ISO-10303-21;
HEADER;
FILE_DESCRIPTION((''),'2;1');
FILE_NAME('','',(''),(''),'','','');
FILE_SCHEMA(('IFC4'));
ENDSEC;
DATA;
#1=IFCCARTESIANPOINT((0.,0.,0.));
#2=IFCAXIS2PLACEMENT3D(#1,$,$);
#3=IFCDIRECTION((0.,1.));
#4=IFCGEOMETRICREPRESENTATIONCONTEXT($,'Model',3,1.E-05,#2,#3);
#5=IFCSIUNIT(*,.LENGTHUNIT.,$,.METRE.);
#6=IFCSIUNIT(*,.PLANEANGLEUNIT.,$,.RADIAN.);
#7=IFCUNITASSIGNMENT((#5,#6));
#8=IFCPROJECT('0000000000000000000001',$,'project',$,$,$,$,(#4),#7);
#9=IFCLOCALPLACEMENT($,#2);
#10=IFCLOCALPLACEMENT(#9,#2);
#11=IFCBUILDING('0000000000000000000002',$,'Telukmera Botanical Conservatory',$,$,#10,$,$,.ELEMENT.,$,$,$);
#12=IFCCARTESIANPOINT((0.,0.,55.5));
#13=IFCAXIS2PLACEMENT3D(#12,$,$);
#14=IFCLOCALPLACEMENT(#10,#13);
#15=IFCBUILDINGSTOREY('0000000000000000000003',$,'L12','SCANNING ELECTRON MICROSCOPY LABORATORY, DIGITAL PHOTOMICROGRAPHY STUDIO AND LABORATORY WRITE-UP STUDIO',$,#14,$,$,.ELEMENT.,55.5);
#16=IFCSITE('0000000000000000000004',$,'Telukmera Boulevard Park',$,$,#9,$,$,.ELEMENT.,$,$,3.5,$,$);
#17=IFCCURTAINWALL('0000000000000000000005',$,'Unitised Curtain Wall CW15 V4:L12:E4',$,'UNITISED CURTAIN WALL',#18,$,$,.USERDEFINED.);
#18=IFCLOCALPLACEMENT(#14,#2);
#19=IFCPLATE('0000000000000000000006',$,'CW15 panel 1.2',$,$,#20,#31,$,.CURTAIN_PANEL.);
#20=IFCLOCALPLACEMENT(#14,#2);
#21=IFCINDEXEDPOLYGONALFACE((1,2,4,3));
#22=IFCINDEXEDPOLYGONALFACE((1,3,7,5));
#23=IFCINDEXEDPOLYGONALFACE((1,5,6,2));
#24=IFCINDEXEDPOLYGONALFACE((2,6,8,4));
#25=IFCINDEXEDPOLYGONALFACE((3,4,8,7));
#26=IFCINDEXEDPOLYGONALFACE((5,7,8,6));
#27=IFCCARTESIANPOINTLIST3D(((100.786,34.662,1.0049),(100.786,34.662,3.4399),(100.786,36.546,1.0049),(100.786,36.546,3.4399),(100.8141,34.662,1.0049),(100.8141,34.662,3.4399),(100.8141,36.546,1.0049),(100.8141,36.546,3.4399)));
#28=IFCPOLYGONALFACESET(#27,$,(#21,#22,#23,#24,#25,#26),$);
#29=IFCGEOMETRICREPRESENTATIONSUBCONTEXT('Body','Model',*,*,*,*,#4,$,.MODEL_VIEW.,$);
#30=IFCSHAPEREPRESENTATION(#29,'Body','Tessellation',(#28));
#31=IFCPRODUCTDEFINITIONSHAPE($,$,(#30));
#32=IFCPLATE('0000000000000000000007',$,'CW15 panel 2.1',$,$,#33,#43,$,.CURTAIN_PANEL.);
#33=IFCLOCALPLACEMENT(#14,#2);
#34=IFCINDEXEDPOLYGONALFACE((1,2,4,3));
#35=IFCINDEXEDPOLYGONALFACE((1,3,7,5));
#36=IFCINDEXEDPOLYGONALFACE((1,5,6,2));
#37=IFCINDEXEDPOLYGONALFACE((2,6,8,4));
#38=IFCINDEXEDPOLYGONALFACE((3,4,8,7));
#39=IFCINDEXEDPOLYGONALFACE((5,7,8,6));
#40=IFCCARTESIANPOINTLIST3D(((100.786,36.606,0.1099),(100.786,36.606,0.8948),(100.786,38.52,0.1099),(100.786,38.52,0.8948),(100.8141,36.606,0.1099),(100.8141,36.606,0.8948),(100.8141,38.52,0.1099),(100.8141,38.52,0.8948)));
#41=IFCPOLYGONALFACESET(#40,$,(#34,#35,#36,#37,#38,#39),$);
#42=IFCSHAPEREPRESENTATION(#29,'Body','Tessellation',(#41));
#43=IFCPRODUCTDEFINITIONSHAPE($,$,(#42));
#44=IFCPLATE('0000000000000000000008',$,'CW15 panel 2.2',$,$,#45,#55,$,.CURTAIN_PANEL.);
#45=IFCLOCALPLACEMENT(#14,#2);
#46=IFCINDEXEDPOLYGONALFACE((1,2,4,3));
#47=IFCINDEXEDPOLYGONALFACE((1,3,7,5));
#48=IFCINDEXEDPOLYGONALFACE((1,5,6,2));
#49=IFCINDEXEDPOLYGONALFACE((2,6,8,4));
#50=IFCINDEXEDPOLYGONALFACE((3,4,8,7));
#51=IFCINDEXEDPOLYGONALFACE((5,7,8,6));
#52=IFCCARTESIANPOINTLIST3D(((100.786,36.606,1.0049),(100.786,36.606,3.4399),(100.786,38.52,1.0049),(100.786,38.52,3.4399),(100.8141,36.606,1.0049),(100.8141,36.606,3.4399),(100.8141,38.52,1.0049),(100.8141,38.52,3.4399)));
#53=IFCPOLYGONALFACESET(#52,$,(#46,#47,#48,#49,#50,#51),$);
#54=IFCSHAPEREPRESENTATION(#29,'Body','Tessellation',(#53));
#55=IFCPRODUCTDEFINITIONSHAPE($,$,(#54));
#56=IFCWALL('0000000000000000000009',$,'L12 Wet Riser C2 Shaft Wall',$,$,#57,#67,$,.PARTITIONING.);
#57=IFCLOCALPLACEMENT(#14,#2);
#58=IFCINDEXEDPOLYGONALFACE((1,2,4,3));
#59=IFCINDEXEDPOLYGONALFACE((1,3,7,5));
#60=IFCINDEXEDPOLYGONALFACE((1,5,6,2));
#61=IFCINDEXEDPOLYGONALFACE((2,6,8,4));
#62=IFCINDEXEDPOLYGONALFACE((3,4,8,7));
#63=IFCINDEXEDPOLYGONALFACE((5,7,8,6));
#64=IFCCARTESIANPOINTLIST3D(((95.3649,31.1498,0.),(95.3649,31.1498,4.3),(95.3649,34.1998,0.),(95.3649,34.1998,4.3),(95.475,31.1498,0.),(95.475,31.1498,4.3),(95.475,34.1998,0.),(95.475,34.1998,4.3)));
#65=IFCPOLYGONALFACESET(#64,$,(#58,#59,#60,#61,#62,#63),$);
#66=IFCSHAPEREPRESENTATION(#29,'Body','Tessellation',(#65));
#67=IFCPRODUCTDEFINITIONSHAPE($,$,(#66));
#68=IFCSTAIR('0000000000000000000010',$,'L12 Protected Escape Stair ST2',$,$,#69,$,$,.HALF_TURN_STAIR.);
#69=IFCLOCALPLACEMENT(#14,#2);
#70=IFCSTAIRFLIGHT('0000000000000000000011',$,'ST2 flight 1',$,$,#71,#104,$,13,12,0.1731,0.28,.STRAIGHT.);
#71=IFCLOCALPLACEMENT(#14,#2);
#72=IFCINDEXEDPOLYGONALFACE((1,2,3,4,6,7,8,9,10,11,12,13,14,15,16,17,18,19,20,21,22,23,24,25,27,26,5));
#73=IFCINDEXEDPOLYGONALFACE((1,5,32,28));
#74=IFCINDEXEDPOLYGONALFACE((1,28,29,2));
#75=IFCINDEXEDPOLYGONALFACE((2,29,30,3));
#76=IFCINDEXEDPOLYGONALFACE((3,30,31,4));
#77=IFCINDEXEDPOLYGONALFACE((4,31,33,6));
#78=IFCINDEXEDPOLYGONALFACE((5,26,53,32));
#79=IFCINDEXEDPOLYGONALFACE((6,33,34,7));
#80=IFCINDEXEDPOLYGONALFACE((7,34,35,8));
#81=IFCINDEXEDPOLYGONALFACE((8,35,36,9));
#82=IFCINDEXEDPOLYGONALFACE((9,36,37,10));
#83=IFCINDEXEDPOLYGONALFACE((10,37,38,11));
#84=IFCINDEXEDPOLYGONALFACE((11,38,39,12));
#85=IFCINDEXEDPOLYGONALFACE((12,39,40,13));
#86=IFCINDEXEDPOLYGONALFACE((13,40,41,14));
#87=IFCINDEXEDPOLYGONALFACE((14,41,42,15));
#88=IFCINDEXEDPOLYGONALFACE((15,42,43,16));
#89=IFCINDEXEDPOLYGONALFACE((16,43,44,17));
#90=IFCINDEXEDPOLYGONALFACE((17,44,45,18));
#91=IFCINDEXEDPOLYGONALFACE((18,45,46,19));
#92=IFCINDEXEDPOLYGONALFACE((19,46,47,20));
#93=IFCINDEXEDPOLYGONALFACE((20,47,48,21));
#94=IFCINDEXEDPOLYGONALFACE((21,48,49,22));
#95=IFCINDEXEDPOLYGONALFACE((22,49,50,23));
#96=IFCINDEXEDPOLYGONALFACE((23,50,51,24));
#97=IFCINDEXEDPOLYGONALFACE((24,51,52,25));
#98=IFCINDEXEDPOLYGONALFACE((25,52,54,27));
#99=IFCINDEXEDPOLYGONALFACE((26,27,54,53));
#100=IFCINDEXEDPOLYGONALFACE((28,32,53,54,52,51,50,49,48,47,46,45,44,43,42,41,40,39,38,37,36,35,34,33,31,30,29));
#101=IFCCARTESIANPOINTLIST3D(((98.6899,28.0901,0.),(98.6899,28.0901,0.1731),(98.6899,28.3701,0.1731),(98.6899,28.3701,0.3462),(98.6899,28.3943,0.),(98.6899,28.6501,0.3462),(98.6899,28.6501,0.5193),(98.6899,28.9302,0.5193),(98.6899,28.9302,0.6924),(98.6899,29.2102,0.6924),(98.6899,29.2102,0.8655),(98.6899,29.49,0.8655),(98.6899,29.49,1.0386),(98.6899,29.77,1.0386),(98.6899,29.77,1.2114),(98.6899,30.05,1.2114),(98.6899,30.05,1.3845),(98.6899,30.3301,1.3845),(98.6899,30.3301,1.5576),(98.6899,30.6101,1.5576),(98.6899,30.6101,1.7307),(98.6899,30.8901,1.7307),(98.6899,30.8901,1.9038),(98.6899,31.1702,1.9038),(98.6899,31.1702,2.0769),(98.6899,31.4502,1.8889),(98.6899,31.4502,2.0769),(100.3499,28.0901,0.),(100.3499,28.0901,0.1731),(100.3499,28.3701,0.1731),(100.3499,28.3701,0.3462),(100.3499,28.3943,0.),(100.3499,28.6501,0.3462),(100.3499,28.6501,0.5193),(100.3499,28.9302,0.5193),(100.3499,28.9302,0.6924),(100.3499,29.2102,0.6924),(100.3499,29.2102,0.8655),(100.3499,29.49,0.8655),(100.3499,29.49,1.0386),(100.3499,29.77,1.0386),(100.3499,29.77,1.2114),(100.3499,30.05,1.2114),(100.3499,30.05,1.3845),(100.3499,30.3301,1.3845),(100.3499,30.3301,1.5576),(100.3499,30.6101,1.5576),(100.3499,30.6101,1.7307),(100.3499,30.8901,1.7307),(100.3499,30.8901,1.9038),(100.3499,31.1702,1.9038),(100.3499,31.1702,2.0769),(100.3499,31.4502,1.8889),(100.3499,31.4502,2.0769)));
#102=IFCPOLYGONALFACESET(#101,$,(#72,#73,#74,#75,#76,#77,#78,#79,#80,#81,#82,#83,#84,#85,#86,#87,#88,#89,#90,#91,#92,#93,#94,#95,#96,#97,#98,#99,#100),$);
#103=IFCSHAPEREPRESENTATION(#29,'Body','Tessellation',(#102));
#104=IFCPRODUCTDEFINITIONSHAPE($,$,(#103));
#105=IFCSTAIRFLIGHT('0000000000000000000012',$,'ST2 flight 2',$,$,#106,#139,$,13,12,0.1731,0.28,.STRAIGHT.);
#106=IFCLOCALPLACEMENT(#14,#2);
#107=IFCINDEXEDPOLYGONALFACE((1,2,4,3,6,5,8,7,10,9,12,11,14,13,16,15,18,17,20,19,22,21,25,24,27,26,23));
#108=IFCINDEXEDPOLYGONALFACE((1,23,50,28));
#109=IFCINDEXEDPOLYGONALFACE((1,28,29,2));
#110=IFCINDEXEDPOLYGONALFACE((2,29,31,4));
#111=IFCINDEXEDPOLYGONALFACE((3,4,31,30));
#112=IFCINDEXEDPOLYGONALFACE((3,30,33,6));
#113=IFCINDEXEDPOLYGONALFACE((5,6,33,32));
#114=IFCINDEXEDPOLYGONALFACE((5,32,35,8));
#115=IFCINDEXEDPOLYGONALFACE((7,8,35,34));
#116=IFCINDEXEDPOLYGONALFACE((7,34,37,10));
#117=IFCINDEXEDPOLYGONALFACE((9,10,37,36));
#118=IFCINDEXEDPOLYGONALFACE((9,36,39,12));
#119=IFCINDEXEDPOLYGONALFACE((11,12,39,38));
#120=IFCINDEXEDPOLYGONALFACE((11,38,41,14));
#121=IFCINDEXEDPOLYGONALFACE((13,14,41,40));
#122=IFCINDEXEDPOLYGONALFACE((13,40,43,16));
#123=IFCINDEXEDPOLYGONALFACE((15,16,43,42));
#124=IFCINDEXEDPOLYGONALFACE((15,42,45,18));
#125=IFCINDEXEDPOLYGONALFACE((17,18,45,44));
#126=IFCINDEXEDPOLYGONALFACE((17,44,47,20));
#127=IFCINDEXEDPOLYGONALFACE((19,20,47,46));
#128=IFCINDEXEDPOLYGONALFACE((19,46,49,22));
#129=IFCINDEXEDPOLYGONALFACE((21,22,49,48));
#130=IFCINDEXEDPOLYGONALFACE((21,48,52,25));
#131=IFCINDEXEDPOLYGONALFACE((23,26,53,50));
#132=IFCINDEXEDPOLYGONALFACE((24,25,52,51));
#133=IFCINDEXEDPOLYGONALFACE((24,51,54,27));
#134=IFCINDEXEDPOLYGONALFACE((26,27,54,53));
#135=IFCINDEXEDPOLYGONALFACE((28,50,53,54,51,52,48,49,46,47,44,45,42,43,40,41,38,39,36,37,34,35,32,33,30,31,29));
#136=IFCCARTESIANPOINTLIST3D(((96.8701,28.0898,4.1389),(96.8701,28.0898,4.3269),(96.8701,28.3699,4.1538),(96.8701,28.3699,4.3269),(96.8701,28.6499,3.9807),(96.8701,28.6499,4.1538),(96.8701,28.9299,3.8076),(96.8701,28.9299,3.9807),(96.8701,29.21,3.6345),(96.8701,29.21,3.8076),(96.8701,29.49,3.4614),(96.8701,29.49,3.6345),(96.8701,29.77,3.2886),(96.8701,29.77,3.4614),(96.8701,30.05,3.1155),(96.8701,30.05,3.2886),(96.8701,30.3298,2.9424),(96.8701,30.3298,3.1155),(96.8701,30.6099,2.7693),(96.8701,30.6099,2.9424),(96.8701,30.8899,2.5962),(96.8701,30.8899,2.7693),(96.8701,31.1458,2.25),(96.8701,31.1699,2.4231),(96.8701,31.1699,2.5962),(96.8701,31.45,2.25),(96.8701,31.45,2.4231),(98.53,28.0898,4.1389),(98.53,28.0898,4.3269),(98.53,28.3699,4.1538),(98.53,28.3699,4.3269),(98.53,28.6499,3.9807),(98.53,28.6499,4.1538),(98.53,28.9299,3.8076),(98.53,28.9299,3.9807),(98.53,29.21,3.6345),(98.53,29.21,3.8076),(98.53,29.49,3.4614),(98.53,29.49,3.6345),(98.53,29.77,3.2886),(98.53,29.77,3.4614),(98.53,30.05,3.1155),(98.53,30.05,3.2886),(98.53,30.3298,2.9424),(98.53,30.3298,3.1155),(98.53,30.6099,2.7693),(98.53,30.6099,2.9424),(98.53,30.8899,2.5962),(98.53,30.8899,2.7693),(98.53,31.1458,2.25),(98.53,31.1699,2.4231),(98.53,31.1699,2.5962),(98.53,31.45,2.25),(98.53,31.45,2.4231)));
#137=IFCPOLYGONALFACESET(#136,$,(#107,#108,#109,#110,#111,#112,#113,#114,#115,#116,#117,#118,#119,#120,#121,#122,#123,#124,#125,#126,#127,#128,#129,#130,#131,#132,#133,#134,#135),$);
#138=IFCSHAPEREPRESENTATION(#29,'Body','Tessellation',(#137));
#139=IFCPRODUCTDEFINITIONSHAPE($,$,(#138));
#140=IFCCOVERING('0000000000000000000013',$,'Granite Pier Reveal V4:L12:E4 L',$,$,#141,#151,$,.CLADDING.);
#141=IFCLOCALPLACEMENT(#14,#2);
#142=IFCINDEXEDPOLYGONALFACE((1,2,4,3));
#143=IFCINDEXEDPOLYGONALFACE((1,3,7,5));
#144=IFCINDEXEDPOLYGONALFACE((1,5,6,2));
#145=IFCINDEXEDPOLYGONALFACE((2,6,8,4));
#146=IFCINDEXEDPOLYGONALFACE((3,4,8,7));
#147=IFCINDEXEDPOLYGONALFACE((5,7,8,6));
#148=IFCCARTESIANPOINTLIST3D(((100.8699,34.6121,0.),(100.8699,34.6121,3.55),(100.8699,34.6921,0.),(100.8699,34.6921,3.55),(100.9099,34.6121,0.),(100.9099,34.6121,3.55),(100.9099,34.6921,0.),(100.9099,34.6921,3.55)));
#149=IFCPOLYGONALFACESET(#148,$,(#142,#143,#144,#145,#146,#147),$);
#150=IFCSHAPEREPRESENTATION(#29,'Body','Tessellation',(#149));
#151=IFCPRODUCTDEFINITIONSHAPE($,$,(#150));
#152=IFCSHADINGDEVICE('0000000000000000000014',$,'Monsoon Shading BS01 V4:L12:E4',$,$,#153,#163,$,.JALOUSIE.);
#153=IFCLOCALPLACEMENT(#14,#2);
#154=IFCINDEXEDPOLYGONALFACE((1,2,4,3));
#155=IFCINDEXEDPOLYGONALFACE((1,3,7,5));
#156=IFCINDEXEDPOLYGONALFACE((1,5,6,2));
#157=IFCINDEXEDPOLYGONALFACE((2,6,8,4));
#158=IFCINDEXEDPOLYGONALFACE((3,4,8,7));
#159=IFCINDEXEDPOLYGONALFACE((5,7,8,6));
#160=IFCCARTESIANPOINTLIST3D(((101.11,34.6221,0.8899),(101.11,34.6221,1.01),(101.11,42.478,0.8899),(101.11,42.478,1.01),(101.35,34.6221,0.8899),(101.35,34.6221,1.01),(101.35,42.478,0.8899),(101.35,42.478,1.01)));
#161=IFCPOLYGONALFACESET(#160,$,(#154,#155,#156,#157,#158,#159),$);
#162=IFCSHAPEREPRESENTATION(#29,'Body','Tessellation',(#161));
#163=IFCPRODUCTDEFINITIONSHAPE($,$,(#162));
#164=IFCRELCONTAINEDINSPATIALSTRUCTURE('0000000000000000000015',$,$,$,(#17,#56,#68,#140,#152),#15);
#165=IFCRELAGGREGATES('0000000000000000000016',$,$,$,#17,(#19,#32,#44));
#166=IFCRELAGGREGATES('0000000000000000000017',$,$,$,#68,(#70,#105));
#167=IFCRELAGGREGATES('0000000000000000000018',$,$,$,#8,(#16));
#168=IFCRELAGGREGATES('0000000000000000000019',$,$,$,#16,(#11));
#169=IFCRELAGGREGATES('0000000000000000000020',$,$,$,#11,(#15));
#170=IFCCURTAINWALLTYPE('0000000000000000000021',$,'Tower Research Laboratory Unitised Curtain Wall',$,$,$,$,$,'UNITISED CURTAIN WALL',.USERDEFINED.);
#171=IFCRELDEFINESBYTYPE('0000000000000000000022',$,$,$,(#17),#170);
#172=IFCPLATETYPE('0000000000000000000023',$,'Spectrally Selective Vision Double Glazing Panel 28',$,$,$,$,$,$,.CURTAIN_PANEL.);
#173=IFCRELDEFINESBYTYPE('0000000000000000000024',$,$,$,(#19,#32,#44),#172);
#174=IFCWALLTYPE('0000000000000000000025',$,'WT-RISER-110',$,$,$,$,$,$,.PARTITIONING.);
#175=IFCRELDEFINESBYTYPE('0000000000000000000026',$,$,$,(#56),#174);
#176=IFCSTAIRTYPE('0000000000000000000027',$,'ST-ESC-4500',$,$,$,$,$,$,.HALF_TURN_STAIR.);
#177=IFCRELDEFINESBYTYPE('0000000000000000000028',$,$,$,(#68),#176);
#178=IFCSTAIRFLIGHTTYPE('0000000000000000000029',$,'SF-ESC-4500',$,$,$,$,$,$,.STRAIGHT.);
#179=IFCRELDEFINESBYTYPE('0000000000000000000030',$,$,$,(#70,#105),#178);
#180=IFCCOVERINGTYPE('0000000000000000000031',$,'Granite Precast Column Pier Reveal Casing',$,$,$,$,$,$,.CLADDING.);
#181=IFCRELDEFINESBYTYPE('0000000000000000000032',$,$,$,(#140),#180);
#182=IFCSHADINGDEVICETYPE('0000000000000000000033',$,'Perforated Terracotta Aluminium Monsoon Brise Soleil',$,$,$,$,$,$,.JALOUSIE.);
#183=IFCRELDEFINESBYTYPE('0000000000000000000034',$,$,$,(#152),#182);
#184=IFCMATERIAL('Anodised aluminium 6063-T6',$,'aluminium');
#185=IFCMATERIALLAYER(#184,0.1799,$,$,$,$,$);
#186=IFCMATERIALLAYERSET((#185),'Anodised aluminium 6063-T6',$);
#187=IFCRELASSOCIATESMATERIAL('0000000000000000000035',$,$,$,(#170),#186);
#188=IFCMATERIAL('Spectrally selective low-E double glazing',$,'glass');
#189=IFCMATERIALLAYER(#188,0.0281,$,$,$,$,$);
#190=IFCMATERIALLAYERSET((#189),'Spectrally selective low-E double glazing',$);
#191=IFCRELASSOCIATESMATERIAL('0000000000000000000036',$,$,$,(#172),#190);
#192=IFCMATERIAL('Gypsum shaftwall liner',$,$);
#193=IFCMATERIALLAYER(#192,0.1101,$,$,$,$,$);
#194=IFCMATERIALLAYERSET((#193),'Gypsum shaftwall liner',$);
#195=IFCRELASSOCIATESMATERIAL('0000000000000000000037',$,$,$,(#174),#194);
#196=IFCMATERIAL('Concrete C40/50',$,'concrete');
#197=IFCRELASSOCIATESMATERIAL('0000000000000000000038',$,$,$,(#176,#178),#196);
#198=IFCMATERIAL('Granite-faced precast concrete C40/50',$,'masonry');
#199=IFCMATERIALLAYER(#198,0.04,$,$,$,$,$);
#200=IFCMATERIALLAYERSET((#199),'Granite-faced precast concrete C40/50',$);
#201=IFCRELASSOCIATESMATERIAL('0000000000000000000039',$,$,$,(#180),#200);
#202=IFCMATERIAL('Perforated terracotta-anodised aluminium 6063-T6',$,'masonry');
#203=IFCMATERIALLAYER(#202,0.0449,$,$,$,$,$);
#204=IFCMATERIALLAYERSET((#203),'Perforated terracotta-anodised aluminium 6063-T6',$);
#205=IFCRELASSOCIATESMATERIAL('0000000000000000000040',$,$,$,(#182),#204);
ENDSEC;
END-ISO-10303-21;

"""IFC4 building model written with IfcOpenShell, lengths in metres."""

from ifc_helpers import new_model, si_unit, direction, frame, frame_2d, origin, origin_2d, place, context, subcontext, project, spatial, polyline, rectangle, outline, extrude, material, layer, layer_set, type_object, element, aggregate, save


model = new_model("IFC4")

# Units and contexts
model_context = context("Model", 3, precision=1e-05, world=origin(), true_north=direction((0.0, 1.0)))
body_context = subcontext(model_context, "Body", "Model", "MODEL_VIEW")
ifc_project = project(units=[si_unit("LENGTHUNIT", "METRE"), si_unit("PLANEANGLEUNIT", "RADIAN")], contexts=[model_context])

# Site, building, storey
site_placement = place(None, origin())
site = spatial("IfcSite", under=ifc_project, at=site_placement, Name="Telukmera Boulevard Park", CompositionType="ELEMENT", RefElevation=3.5)
building_placement = place(site_placement, origin())
building = spatial("IfcBuilding", under=site, at=building_placement, Name="Telukmera Botanical Conservatory", CompositionType="ELEMENT")
storey_placement = place(building_placement, frame((0.0, 0.0, 55.5)))
storey = spatial("IfcBuildingStorey", under=building, at=storey_placement, Name="L12", Description="SCANNING ELECTRON MICROSCOPY LABORATORY, DIGITAL PHOTOMICROGRAPHY STUDIO AND LABORATORY WRITE-UP STUDIO", CompositionType="ELEMENT", Elevation=55.5)

# Shared definitions
ifc_material_1 = material(Name="Concrete C40/50", Category="concrete")

# Curtain wall, plates
ifc_material_2 = material(Name="Anodised aluminium 6063-T6", Category="aluminium")
ifc_layer_1 = layer(ifc_material_2, 0.1799)
ifc_layer_set_1 = layer_set([ifc_layer_1], Name="Anodised aluminium 6063-T6")
curtain_wall_type = type_object("IfcCurtainWallType", Name="Tower Research Laboratory Unitised Curtain Wall", ElementType="UNITISED CURTAIN WALL", PredefinedType="USERDEFINED", material=ifc_layer_set_1)
curtain_wall_placement = place(storey_placement, origin())
curtain_wall = element("IfcCurtainWall", 1, at=curtain_wall_placement, inside=storey, type_object=curtain_wall_type, Name="Unitised Curtain Wall CW15 V4:L12:E4", ObjectType="UNITISED CURTAIN WALL", PredefinedType="USERDEFINED")
ifc_material_3 = material(Name="Spectrally selective low-E double glazing", Category="glass")
ifc_layer_2 = layer(ifc_material_3, 0.0281)
ifc_layer_set_2 = layer_set([ifc_layer_2], Name="Spectrally selective low-E double glazing")
plate_type = type_object("IfcPlateType", Name="Spectrally Selective Vision Double Glazing Panel 28", PredefinedType="CURTAIN_PANEL", material=ifc_layer_set_2)
plate_1_placement = place(storey_placement, frame((100.8, 35.604, 1.0049), z_axis=(0.0, 0.0, 1.0), x_axis=(0.0, 1.0, 0.0)))
plate_1 = element("IfcPlate", 2, at=plate_1_placement, type_object=plate_type, Name="CW15 panel 1.2", PredefinedType="CURTAIN_PANEL", context=body_context, shape_type="SweptSolid", body=[
    extrude(rectangle(XDim=1.884, YDim=0.0281, at=origin_2d()), origin(), (0.0, 0.0, 1.0), 2.4351),
])
plate_2_placement = place(storey_placement, frame((100.8, 37.563, 0.1099), z_axis=(0.0, 0.0, 1.0), x_axis=(0.0, 1.0, 0.0)))
plate_2 = element("IfcPlate", 3, at=plate_2_placement, type_object=plate_type, Name="CW15 panel 2.1", PredefinedType="CURTAIN_PANEL", context=body_context, shape_type="SweptSolid", body=[
    extrude(rectangle(XDim=1.9141, YDim=0.0281, at=origin_2d()), origin(), (0.0, 0.0, 1.0), 0.7849),
])
plate_3_placement = place(storey_placement, frame((100.8, 37.563, 1.0049), z_axis=(0.0, 0.0, 1.0), x_axis=(0.0, 1.0, 0.0)))
plate_3 = element("IfcPlate", 4, at=plate_3_placement, type_object=plate_type, Name="CW15 panel 2.2", PredefinedType="CURTAIN_PANEL", context=body_context, shape_type="SweptSolid", body=[
    extrude(rectangle(XDim=1.9141, YDim=0.0281, at=origin_2d()), origin(), (0.0, 0.0, 1.0), 2.4351),
])
aggregate(curtain_wall, [plate_1, plate_2, plate_3])

# Wall
ifc_material_4 = material(Name="Gypsum shaftwall liner")
ifc_layer_3 = layer(ifc_material_4, 0.1101)
ifc_layer_set_3 = layer_set([ifc_layer_3], Name="Gypsum shaftwall liner")
wall_type = type_object("IfcWallType", Name="WT-RISER-110", PredefinedType="PARTITIONING", material=ifc_layer_set_3)
wall_placement = place(storey_placement, frame((95.4199, 31.1499, 0.0), z_axis=(0.0, 0.0, 1.0), x_axis=(0.0, 1.0, 0.0)))
element("IfcWall", 5, at=wall_placement, inside=storey, type_object=wall_type, Name="L12 Wet Riser C2 Shaft Wall", PredefinedType="PARTITIONING", context=body_context, shape_type="SweptSolid", body=[
    extrude(rectangle(XDim=3.05, YDim=0.1101, at=frame_2d((1.5249, 0.0))), origin(), (0.0, 0.0, 1.0), 4.3),
])

# Stair, stair flights
stair_type = type_object("IfcStairType", Name="ST-ESC-4500", PredefinedType="HALF_TURN_STAIR", material=ifc_material_1)
stair_placement = place(storey_placement, origin())
stair = element("IfcStair", 6, at=stair_placement, inside=storey, type_object=stair_type, Name="L12 Protected Escape Stair ST2", PredefinedType="HALF_TURN_STAIR")
stair_flight_type = type_object("IfcStairFlightType", Name="SF-ESC-4500", PredefinedType="STRAIGHT", material=ifc_material_1)
stair_flight_1_placement = place(storey_placement, frame((99.52, 28.0901, 0.0), z_axis=(0.0, 0.0, 1.0), x_axis=(0.0, 1.0, 0.0)))
stair_flight_1 = element("IfcStairFlight", 7, at=stair_flight_1_placement, type_object=stair_flight_type, Name="ST2 flight 1", NumberOfRisers=13, NumberOfTreads=12, PredefinedType="STRAIGHT", RiserHeight=0.1731, TreadLength=0.28, context=body_context, shape_type="SweptSolid", body=[
    extrude(outline(polyline([(0.0, 0.0), (0.0, 0.1731), (0.28, 0.1731), (0.28, 0.3462), (0.5601, 0.3462), (0.5601, 0.5193), (0.8401, 0.5193), (0.8401, 0.6924), (1.1201, 0.6924), (1.1201, 0.8655), (1.3999, 0.8655), (1.3999, 1.0386), (1.6799, 1.0386), (1.6799, 1.2114), (1.96, 1.2114), (1.96, 1.3845), (2.24, 1.3845), (2.24, 1.5576), (2.52, 1.5576), (2.52, 1.7307), (2.8, 1.7307), (2.8, 1.9038), (3.0801, 1.9038), (3.0801, 2.0769), (3.3601, 2.0769), (3.3601, 2.25), (3.3601, 1.8889), (0.3042, 0.0), (0.0, 0.0)])), frame((0.0, 0.8301, 0.0), z_axis=(0.0, -1.0, 0.0), x_axis=(1.0, 0.0, 0.0)), (0.0, 0.0, 1.0), 1.6599),
])
stair_flight_2_placement = place(storey_placement, frame((97.7, 31.45, 2.25), z_axis=(0.0, 0.0, 1.0), x_axis=(0.0, -1.0, 0.0)))
stair_flight_2 = element("IfcStairFlight", 8, at=stair_flight_2_placement, type_object=stair_flight_type, Name="ST2 flight 2", NumberOfRisers=13, NumberOfTreads=12, PredefinedType="STRAIGHT", RiserHeight=0.1731, TreadLength=0.28, context=body_context, shape_type="SweptSolid", body=[
    extrude(outline(polyline([(0.0, 0.0), (0.0, 0.1731), (0.28, 0.1731), (0.28, 0.3462), (0.5601, 0.3462), (0.5601, 0.5193), (0.8401, 0.5193), (0.8401, 0.6924), (1.1201, 0.6924), (1.1201, 0.8655), (1.3999, 0.8655), (1.3999, 1.0386), (1.6799, 1.0386), (1.6799, 1.2114), (1.96, 1.2114), (1.96, 1.3845), (2.24, 1.3845), (2.24, 1.5576), (2.52, 1.5576), (2.52, 1.7307), (2.8, 1.7307), (2.8, 1.9038), (3.0801, 1.9038), (3.0801, 2.0769), (3.3601, 2.0769), (3.3601, 2.25), (3.3601, 1.8889), (0.3042, 0.0), (0.0, 0.0)])), frame((0.0, 0.8301, 0.0), z_axis=(0.0, -1.0, 0.0), x_axis=(1.0, 0.0, 0.0)), (0.0, 0.0, 1.0), 1.6599),
])
aggregate(stair, [stair_flight_1, stair_flight_2])

# Covering
ifc_material_5 = material(Name="Granite-faced precast concrete C40/50", Category="masonry")
ifc_layer_4 = layer(ifc_material_5, 0.04)
ifc_layer_set_4 = layer_set([ifc_layer_4], Name="Granite-faced precast concrete C40/50")
covering_type_1 = type_object("IfcCoveringType", Name="Granite Precast Column Pier Reveal Casing", PredefinedType="CLADDING", material=ifc_layer_set_4)
covering_1_placement = place(storey_placement, frame((100.8899, 34.6521, 0.0), z_axis=(0.0, 0.0, 1.0), x_axis=(0.0, 1.0, 0.0)))
element("IfcCovering", 9, at=covering_1_placement, inside=storey, type_object=covering_type_1, Name="Granite Pier Reveal V4:L12:E4 L", PredefinedType="CLADDING", context=body_context, shape_type="SweptSolid", body=[
    extrude(rectangle(XDim=0.0801, YDim=0.04, at=origin_2d()), origin(), (0.0, 0.0, 1.0), 3.55),
])

# Shading device
ifc_material_6 = material(Name="Perforated terracotta-anodised aluminium 6063-T6", Category="masonry")
ifc_layer_5 = layer(ifc_material_6, 0.0449)
ifc_layer_set_5 = layer_set([ifc_layer_5], Name="Perforated terracotta-anodised aluminium 6063-T6")
shading_device_type = type_object("IfcShadingDeviceType", Name="Perforated Terracotta Aluminium Monsoon Brise Soleil", PredefinedType="JALOUSIE", material=ifc_layer_set_5)
shading_device_placement = place(storey_placement, frame((101.23, 38.55, 0.8899), z_axis=(0.0, 0.0, 1.0), x_axis=(0.0, 1.0, 0.0)))
element("IfcShadingDevice", 10, at=shading_device_placement, inside=storey, type_object=shading_device_type, Name="Monsoon Shading BS01 V4:L12:E4", PredefinedType="JALOUSIE", context=body_context, shape_type="SweptSolid", body=[
    extrude(rectangle(XDim=7.856, YDim=0.24, at=origin_2d()), origin(), (0.0, 0.0, 1.0), 0.1201),
])

save(model, "model.ifc")
